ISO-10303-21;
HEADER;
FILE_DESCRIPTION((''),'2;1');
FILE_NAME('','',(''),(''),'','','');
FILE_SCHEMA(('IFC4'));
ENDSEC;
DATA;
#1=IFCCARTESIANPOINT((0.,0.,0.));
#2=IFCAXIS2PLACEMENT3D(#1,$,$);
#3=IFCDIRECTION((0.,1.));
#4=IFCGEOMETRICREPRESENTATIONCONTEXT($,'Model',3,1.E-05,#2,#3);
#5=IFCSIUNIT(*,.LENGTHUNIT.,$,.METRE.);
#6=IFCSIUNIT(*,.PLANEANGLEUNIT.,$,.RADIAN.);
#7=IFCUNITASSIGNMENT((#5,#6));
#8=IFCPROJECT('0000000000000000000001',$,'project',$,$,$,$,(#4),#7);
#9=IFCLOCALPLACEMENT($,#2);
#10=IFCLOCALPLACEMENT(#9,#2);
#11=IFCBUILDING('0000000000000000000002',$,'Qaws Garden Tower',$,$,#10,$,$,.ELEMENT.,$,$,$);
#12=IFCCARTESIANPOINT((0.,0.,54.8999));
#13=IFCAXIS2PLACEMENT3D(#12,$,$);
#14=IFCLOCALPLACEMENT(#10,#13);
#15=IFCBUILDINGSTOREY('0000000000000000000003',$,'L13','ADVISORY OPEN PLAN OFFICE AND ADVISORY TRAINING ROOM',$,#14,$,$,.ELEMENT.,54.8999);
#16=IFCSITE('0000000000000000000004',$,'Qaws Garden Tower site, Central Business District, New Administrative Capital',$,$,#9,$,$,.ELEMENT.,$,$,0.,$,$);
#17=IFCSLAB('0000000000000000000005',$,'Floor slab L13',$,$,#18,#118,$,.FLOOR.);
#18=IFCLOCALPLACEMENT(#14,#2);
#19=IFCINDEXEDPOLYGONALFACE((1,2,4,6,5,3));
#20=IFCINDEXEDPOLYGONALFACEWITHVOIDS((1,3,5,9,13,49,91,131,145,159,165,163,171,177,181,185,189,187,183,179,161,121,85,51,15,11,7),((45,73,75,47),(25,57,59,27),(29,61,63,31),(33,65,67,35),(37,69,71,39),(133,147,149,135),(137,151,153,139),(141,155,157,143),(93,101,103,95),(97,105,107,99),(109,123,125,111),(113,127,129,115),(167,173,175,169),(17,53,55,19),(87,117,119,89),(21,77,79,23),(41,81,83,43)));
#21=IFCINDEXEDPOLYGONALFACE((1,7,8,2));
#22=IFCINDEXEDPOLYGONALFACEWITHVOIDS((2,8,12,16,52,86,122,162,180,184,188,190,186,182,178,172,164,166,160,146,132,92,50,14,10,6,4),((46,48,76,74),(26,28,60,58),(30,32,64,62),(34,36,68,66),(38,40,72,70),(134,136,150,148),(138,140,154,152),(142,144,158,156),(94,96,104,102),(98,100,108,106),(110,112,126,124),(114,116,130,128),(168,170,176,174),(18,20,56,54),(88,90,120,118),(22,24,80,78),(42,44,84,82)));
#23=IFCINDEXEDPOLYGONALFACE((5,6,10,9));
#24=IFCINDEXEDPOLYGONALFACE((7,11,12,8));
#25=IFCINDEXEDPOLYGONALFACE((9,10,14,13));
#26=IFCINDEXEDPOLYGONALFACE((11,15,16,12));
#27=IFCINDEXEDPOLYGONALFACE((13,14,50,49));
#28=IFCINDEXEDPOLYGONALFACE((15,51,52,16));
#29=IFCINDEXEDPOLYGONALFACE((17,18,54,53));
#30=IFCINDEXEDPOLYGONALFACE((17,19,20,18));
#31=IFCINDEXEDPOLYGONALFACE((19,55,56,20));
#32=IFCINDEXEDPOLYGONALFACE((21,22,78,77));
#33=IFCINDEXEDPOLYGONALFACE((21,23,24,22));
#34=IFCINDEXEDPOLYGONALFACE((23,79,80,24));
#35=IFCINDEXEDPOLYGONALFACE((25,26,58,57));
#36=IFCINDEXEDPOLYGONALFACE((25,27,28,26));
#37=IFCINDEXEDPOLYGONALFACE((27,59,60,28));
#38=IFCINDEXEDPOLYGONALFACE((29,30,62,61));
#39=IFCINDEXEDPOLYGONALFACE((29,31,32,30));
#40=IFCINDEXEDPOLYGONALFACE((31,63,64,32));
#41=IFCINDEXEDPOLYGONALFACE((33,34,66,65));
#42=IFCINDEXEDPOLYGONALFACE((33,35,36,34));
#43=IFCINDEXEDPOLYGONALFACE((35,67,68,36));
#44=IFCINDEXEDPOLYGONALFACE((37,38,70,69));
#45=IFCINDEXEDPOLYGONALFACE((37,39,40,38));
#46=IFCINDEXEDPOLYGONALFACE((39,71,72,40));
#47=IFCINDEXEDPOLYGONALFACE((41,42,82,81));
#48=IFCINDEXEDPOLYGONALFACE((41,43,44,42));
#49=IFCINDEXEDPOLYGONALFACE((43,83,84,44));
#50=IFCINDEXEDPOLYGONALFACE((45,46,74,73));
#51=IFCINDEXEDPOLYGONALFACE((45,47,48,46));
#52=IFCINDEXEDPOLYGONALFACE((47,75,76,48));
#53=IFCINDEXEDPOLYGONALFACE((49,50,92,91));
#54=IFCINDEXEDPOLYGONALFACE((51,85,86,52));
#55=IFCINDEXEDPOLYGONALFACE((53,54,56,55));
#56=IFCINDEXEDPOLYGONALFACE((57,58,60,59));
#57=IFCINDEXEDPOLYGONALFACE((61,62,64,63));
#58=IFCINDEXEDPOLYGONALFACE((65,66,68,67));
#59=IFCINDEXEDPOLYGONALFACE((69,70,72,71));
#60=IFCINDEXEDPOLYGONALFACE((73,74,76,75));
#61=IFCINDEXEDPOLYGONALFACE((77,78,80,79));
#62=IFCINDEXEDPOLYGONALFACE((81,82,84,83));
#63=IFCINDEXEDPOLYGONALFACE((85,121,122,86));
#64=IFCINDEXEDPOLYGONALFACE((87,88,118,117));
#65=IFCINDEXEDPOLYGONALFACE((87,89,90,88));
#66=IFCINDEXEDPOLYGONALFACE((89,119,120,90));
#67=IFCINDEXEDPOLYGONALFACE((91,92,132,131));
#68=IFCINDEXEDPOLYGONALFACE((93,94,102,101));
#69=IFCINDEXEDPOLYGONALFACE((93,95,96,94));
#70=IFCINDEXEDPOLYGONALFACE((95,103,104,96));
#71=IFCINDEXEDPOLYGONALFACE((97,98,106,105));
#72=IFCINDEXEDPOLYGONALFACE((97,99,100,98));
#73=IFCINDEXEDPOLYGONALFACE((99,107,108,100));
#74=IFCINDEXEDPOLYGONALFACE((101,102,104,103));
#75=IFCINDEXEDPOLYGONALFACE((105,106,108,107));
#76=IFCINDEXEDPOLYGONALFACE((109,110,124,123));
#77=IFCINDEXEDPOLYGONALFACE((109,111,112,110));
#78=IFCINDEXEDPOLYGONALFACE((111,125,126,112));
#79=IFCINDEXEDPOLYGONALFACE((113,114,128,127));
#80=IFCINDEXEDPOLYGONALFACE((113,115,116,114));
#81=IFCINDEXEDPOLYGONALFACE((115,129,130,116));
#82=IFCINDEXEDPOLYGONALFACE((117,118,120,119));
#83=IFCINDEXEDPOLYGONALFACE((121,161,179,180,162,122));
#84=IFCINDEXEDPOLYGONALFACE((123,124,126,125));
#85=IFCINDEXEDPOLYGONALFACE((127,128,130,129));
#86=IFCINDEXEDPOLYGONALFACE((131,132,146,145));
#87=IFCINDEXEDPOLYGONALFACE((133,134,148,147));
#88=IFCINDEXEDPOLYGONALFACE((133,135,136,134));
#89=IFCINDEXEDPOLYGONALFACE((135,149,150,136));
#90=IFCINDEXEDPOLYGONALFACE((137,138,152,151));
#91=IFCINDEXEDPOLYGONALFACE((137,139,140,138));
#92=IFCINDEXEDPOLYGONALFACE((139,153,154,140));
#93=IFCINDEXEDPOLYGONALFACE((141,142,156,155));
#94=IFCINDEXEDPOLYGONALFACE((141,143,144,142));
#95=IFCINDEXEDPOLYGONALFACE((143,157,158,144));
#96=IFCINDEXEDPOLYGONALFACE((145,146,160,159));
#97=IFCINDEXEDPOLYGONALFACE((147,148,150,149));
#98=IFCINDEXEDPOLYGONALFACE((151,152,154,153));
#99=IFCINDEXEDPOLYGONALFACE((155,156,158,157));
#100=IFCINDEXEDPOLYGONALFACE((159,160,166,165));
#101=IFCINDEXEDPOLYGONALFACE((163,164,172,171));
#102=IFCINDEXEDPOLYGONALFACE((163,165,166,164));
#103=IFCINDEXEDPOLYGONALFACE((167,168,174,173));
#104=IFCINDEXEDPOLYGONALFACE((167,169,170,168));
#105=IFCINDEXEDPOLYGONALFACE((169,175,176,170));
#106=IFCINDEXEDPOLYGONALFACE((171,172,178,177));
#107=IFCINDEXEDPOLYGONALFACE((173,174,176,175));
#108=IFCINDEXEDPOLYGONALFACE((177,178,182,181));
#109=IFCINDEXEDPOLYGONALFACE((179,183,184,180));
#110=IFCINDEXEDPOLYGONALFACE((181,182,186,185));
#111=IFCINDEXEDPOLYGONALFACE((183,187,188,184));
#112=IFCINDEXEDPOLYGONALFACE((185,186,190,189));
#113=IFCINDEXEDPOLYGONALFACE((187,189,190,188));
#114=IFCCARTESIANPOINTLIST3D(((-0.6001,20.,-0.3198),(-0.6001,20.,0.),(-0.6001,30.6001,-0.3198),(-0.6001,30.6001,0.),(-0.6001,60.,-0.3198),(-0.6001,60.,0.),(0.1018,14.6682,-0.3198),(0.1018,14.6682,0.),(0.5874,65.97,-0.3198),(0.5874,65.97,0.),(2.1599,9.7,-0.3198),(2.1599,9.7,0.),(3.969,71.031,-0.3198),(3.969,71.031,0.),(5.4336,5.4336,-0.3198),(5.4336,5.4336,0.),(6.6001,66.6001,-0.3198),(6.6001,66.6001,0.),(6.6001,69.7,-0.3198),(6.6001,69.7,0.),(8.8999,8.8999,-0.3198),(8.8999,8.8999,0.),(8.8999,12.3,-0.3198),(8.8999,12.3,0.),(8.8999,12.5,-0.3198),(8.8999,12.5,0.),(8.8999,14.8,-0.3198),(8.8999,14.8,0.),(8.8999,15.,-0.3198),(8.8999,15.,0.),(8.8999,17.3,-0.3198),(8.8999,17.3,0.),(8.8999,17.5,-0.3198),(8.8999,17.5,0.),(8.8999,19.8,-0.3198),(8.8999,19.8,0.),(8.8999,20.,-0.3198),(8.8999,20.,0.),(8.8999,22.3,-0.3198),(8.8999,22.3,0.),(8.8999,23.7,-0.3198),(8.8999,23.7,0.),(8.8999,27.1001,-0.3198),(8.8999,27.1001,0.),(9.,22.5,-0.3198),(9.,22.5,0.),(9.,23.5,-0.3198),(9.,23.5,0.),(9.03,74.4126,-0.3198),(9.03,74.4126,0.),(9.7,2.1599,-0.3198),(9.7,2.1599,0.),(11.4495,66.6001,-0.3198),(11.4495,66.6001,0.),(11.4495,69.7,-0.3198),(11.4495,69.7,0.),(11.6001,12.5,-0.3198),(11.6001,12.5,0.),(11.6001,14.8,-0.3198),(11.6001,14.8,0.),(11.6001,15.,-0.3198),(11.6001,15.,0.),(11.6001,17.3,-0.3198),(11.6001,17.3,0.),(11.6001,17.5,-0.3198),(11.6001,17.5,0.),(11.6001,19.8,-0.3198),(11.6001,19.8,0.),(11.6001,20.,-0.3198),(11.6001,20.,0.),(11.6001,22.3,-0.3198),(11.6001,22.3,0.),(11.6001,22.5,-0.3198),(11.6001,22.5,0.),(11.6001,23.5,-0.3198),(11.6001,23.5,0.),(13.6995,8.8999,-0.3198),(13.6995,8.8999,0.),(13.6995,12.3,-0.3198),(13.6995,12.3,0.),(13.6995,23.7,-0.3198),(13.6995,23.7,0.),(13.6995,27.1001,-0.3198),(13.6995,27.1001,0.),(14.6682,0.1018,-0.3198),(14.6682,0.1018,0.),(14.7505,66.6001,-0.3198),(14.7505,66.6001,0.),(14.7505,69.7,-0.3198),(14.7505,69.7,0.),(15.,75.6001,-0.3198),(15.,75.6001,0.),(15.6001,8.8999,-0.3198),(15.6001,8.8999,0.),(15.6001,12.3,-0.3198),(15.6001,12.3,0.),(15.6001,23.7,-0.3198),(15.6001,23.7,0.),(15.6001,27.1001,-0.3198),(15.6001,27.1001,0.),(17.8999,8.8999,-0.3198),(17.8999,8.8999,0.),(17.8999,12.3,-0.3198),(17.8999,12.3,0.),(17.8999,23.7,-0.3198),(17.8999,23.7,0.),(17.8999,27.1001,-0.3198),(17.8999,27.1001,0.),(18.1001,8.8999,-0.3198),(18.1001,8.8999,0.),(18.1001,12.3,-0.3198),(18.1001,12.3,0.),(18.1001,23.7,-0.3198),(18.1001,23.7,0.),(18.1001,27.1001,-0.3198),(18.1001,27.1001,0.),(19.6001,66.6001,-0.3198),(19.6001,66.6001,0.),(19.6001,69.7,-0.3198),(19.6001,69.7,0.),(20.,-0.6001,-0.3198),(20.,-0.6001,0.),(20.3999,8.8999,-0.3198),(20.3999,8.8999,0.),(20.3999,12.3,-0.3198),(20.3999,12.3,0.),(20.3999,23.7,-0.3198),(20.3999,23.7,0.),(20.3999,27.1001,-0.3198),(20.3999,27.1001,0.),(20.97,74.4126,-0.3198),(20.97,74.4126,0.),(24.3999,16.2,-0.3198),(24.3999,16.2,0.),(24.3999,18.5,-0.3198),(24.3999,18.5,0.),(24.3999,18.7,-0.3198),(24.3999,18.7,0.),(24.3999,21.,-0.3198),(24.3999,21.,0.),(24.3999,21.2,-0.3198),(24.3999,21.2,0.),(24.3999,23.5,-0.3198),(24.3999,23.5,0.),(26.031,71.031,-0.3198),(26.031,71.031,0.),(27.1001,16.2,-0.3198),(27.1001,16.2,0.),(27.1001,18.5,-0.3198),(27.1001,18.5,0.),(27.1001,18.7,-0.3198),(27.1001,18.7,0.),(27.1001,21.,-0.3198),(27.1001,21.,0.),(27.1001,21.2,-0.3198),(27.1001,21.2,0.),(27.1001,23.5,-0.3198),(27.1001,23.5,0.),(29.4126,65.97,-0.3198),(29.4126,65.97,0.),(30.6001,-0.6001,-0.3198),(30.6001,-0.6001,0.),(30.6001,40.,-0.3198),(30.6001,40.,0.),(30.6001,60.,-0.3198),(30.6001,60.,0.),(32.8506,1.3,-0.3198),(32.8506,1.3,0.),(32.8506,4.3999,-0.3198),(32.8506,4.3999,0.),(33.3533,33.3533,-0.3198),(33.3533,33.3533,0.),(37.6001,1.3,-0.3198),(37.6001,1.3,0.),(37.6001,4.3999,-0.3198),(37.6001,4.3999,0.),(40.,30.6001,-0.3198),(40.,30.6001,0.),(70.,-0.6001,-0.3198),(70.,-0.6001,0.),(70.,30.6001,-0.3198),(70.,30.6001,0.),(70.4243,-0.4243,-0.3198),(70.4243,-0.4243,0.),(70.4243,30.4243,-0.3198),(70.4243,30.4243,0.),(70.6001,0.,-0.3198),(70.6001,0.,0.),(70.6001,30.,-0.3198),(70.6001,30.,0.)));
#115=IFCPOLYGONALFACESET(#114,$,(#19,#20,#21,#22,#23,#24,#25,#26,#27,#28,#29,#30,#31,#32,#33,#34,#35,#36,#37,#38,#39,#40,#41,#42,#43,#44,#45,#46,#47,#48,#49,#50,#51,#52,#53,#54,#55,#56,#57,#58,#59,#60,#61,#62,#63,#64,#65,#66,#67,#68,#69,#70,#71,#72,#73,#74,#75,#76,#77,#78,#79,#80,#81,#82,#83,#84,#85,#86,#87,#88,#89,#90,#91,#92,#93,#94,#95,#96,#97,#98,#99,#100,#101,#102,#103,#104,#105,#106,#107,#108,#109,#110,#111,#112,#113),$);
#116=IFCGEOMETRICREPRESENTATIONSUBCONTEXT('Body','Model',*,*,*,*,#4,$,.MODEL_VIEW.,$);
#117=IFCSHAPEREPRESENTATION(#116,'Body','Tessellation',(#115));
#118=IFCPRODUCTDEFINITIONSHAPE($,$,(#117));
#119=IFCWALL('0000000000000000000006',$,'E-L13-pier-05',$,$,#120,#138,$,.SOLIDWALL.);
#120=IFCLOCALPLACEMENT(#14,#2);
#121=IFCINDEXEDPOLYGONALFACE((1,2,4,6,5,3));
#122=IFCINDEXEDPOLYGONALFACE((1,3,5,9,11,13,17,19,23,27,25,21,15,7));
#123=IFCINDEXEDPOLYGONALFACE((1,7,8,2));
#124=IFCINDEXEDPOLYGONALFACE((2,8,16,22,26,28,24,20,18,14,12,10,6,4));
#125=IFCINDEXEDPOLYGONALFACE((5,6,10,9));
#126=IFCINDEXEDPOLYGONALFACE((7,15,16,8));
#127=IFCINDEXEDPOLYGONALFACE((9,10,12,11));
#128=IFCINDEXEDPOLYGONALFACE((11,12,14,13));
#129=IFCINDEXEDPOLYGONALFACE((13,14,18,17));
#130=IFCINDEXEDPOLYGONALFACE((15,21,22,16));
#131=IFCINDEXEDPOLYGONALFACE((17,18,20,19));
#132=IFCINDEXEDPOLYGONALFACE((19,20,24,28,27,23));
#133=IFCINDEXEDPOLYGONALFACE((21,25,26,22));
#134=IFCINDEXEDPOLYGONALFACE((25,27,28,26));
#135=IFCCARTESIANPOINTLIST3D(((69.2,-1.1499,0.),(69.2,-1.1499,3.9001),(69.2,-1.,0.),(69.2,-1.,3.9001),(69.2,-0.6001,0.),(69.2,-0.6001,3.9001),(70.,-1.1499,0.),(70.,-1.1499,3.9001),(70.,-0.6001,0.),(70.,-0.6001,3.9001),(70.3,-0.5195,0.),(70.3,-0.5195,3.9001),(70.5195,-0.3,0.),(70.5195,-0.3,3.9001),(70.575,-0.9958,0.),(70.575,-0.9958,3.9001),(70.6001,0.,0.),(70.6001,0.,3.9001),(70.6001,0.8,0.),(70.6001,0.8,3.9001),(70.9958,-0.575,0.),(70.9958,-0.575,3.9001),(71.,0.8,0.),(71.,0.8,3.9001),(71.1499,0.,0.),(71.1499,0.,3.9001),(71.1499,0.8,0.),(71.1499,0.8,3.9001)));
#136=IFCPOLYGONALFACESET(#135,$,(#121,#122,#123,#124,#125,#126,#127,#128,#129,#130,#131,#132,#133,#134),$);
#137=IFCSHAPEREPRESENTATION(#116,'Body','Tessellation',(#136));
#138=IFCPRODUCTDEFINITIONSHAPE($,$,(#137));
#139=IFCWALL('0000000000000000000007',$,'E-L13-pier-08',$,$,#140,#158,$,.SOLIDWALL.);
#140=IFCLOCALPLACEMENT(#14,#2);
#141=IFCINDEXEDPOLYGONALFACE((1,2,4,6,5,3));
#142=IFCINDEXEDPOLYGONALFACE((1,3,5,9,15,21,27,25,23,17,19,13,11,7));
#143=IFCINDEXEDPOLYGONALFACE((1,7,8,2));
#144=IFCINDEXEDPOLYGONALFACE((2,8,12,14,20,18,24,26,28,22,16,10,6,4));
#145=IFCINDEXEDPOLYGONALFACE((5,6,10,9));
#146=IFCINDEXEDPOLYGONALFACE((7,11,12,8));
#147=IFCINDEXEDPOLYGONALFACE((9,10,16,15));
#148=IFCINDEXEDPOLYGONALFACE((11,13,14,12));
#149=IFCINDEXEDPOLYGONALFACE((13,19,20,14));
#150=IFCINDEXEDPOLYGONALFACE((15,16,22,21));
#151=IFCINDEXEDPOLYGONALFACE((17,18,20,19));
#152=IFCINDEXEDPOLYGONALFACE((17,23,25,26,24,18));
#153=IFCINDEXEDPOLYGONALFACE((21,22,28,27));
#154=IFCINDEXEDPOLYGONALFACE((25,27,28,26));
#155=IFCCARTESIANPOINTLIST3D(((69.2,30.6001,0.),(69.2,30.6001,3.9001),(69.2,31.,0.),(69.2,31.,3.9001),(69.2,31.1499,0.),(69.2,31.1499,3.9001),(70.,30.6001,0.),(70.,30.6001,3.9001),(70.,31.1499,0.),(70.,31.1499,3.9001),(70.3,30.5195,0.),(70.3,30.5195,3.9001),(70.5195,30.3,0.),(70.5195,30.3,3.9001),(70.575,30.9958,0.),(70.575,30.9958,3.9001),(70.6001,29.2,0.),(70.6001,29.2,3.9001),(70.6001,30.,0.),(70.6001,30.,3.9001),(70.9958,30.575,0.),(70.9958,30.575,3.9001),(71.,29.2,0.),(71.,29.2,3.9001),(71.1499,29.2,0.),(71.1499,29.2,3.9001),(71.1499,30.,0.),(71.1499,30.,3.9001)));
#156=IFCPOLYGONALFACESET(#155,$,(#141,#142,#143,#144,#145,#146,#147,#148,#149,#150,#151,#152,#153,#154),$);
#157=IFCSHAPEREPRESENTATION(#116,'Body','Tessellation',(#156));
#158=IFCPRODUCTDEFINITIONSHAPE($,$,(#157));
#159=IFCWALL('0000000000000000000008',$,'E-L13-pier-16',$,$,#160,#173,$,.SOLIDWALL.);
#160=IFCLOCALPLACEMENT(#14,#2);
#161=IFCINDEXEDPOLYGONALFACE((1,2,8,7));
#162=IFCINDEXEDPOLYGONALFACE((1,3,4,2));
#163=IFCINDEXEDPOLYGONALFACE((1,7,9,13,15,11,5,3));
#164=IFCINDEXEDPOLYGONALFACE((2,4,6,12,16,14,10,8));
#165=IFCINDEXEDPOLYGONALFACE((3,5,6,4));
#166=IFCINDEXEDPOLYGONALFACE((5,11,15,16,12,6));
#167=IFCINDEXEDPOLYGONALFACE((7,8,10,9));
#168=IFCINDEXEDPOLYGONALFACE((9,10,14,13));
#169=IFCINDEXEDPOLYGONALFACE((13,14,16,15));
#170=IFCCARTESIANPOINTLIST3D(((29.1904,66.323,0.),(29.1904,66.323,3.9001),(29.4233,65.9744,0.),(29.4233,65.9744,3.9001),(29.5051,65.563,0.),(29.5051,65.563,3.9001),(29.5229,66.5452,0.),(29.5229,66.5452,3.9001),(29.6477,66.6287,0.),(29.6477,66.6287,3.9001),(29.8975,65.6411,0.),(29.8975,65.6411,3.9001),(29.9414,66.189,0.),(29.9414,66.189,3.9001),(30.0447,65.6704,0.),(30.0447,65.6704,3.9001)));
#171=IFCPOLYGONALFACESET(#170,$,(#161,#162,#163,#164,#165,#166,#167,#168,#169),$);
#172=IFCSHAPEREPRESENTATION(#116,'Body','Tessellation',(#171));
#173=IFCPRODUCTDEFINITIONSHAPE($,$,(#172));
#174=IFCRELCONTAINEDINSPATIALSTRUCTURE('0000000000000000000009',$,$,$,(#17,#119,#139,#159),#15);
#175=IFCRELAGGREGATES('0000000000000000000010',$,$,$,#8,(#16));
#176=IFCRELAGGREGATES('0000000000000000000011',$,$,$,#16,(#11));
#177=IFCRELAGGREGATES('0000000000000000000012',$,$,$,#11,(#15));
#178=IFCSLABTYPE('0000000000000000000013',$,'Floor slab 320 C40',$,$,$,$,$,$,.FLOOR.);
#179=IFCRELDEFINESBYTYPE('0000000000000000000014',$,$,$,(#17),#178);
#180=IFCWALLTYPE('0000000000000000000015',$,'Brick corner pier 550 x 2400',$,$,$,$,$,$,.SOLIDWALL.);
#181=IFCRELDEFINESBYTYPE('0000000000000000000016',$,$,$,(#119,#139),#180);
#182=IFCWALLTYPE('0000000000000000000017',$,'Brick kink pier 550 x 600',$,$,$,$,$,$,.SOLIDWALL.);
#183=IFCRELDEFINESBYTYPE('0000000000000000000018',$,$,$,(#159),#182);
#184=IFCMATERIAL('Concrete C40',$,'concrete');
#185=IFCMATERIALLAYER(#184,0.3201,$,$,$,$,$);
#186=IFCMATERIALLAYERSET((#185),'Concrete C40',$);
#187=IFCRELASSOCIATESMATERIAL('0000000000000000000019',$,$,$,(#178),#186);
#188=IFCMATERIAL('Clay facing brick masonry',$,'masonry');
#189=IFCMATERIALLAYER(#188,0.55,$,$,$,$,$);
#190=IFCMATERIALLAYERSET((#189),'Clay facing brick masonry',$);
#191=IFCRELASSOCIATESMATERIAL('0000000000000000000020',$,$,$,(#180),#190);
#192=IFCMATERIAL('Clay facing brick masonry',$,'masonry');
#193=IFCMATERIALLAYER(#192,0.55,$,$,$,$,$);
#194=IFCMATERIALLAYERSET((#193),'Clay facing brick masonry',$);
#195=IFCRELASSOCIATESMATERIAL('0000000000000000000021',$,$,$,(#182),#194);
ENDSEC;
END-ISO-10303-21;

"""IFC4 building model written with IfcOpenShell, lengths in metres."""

from ifc_helpers import new_model, si_unit, direction, frame, origin, place, context, subcontext, project, spatial, polyline, outline, extrude, material, layer, layer_set, type_object, element, save


model = new_model("IFC4")

# Units and contexts
model_context = context("Model", 3, precision=1e-05, world=origin(), true_north=direction((0.0, 1.0)))
body_context = subcontext(model_context, "Body", "Model", "MODEL_VIEW")
ifc_project = project(units=[si_unit("LENGTHUNIT", "METRE"), si_unit("PLANEANGLEUNIT", "RADIAN")], contexts=[model_context])

# Site, building, storey
site_placement = place(None, origin())
site = spatial("IfcSite", under=ifc_project, at=site_placement, Name="Qaws Garden Tower site, Central Business District, New Administrative Capital", CompositionType="ELEMENT", RefElevation=0.0)
building_placement = place(site_placement, origin())
building = spatial("IfcBuilding", under=site, at=building_placement, Name="Qaws Garden Tower", CompositionType="ELEMENT")
storey_placement = place(building_placement, frame((0.0, 0.0, 54.8999)))
storey = spatial("IfcBuildingStorey", under=building, at=storey_placement, Name="L13", Description="ADVISORY OPEN PLAN OFFICE AND ADVISORY TRAINING ROOM", CompositionType="ELEMENT", Elevation=54.8999)

# Slab
ifc_material_1 = material(Name="Concrete C40", Category="concrete")
ifc_layer_1 = layer(ifc_material_1, 0.3201)
ifc_layer_set_1 = layer_set([ifc_layer_1], Name="Concrete C40")
slab_type = type_object("IfcSlabType", Name="Floor slab 320 C40", PredefinedType="FLOOR", material=ifc_layer_set_1)
slab_placement = place(storey_placement, frame((0.0, 0.0, -0.3198)))
element("IfcSlab", 1, at=slab_placement, inside=storey, type_object=slab_type, Name="Floor slab L13", PredefinedType="FLOOR", context=body_context, shape_type="SweptSolid", body=[
    extrude(outline(polyline([(0.1018, 14.6682), (-0.6001, 20.0), (-0.6001, 30.6001), (-0.6001, 60.0), (-0.6001, 60.0), (0.5874, 65.97), (3.969, 71.031), (9.03, 74.4126), (15.0, 75.6001), (20.97, 74.4126), (26.031, 71.031), (29.4126, 65.97), (30.6001, 60.0), (30.6001, 40.0), (33.3533, 33.3533), (40.0, 30.6001), (70.0, 30.6001), (70.4243, 30.4243), (70.6001, 30.0), (70.6001, 0.0), (70.4243, -0.4243), (70.0, -0.6001), (30.6001, -0.6001), (20.0, -0.6001), (14.6682, 0.1018), (9.7, 2.1599), (5.4336, 5.4336), (2.1599, 9.7), (0.1018, 14.6682)]), holes=[polyline([(13.6995, 12.3), (8.8999, 12.3), (8.8999, 8.8999), (13.6995, 8.8999), (13.6995, 12.3)]), polyline([(17.8999, 12.3), (15.6001, 12.3), (15.6001, 8.8999), (17.8999, 8.8999), (17.8999, 12.3)]), polyline([(11.6001, 14.8), (8.8999, 14.8), (8.8999, 12.5), (11.6001, 12.5), (11.6001, 14.8)]), polyline([(11.6001, 17.3), (8.8999, 17.3), (8.8999, 15.0), (11.6001, 15.0), (11.6001, 17.3)]), polyline([(11.6001, 19.8), (8.8999, 19.8), (8.8999, 17.5), (11.6001, 17.5), (11.6001, 19.8)]), polyline([(11.6001, 22.3), (8.8999, 22.3), (8.8999, 20.0), (11.6001, 20.0), (11.6001, 22.3)]), polyline([(11.6001, 23.5), (9.0, 23.5), (9.0, 22.5), (11.6001, 22.5), (11.6001, 23.5)]), polyline([(13.6995, 27.1001), (8.8999, 27.1001), (8.8999, 23.7), (13.6995, 23.7), (13.6995, 27.1001)]), polyline([(11.4495, 69.7), (6.6001, 69.7), (6.6001, 66.6001), (11.4495, 66.6001), (11.4495, 69.7)]), polyline([(37.6001, 4.3999), (32.8506, 4.3999), (32.8506, 1.3), (37.6001, 1.3), (37.6001, 4.3999)]), polyline([(20.3999, 12.3), (18.1001, 12.3), (18.1001, 8.8999), (20.3999, 8.8999), (20.3999, 12.3)]), polyline([(27.1001, 18.5), (24.3999, 18.5), (24.3999, 16.2), (27.1001, 16.2), (27.1001, 18.5)]), polyline([(27.1001, 21.0), (24.3999, 21.0), (24.3999, 18.7), (27.1001, 18.7), (27.1001, 21.0)]), polyline([(27.1001, 23.5), (24.3999, 23.5), (24.3999, 21.2), (27.1001, 21.2), (27.1001, 23.5)]), polyline([(17.8999, 27.1001), (15.6001, 27.1001), (15.6001, 23.7), (17.8999, 23.7), (17.8999, 27.1001)]), polyline([(20.3999, 23.7), (20.3999, 27.1001), (18.1001, 27.1001), (18.1001, 23.7), (20.3999, 23.7)]), polyline([(19.6001, 66.6001), (19.6001, 69.7), (14.7505, 69.7), (14.7505, 66.6001), (19.6001, 66.6001)])]), origin(), (0.0, 0.0, 1.0), 0.3198),
])

# Walls
ifc_material_2 = material(Name="Clay facing brick masonry", Category="masonry")
ifc_layer_2 = layer(ifc_material_2, 0.55)
ifc_layer_set_2 = layer_set([ifc_layer_2], Name="Clay facing brick masonry")
wall_type_1 = type_object("IfcWallType", Name="Brick corner pier 550 x 2400", PredefinedType="SOLIDWALL", material=ifc_layer_set_2)
placement = place(storey_placement, origin())
element("IfcWall", 2, at=placement, inside=storey, type_object=wall_type_1, Name="E-L13-pier-05", PredefinedType="SOLIDWALL", context=body_context, shape_type="SweptSolid", body=[
    extrude(outline(polyline([(69.2, -1.0), (69.2, -1.1499), (70.0, -1.1499), (70.575, -0.9958), (70.9958, -0.575), (71.1499, 0.0), (71.1499, 0.8), (71.0, 0.8), (70.6001, 0.8), (70.6001, 0.0), (70.5195, -0.3), (70.3, -0.5195), (70.0, -0.6001), (69.2, -0.6001), (69.2, -1.0)])), origin(), (0.0, 0.0, 1.0), 3.9001),
])
element("IfcWall", 3, at=placement, inside=storey, type_object=wall_type_1, Name="E-L13-pier-08", PredefinedType="SOLIDWALL", context=body_context, shape_type="SweptSolid", body=[
    extrude(outline(polyline([(71.0, 29.2), (71.1499, 29.2), (71.1499, 30.0), (70.9958, 30.575), (70.575, 30.9958), (70.0, 31.1499), (69.2, 31.1499), (69.2, 31.0), (69.2, 30.6001), (70.0, 30.6001), (70.3, 30.5195), (70.5195, 30.3), (70.6001, 30.0), (70.6001, 29.2), (71.0, 29.2)])), origin(), (0.0, 0.0, 1.0), 3.9001),
])
ifc_material_3 = material(Name="Clay facing brick masonry", Category="masonry")
ifc_layer_3 = layer(ifc_material_3, 0.55)
ifc_layer_set_3 = layer_set([ifc_layer_3], Name="Clay facing brick masonry")
wall_type_2 = type_object("IfcWallType", Name="Brick kink pier 550 x 600", PredefinedType="SOLIDWALL", material=ifc_layer_set_3)
element("IfcWall", 4, at=placement, inside=storey, type_object=wall_type_2, Name="E-L13-pier-16", PredefinedType="SOLIDWALL", context=body_context, shape_type="SweptSolid", body=[
    extrude(outline(polyline([(29.8975, 65.6411), (30.0447, 65.6704), (29.9414, 66.189), (29.6477, 66.6287), (29.5229, 66.5452), (29.1904, 66.323), (29.4233, 65.9744), (29.5051, 65.563), (29.8975, 65.6411)])), origin(), (0.0, 0.0, 1.0), 3.9001),
])

save(model, "model.ifc")
